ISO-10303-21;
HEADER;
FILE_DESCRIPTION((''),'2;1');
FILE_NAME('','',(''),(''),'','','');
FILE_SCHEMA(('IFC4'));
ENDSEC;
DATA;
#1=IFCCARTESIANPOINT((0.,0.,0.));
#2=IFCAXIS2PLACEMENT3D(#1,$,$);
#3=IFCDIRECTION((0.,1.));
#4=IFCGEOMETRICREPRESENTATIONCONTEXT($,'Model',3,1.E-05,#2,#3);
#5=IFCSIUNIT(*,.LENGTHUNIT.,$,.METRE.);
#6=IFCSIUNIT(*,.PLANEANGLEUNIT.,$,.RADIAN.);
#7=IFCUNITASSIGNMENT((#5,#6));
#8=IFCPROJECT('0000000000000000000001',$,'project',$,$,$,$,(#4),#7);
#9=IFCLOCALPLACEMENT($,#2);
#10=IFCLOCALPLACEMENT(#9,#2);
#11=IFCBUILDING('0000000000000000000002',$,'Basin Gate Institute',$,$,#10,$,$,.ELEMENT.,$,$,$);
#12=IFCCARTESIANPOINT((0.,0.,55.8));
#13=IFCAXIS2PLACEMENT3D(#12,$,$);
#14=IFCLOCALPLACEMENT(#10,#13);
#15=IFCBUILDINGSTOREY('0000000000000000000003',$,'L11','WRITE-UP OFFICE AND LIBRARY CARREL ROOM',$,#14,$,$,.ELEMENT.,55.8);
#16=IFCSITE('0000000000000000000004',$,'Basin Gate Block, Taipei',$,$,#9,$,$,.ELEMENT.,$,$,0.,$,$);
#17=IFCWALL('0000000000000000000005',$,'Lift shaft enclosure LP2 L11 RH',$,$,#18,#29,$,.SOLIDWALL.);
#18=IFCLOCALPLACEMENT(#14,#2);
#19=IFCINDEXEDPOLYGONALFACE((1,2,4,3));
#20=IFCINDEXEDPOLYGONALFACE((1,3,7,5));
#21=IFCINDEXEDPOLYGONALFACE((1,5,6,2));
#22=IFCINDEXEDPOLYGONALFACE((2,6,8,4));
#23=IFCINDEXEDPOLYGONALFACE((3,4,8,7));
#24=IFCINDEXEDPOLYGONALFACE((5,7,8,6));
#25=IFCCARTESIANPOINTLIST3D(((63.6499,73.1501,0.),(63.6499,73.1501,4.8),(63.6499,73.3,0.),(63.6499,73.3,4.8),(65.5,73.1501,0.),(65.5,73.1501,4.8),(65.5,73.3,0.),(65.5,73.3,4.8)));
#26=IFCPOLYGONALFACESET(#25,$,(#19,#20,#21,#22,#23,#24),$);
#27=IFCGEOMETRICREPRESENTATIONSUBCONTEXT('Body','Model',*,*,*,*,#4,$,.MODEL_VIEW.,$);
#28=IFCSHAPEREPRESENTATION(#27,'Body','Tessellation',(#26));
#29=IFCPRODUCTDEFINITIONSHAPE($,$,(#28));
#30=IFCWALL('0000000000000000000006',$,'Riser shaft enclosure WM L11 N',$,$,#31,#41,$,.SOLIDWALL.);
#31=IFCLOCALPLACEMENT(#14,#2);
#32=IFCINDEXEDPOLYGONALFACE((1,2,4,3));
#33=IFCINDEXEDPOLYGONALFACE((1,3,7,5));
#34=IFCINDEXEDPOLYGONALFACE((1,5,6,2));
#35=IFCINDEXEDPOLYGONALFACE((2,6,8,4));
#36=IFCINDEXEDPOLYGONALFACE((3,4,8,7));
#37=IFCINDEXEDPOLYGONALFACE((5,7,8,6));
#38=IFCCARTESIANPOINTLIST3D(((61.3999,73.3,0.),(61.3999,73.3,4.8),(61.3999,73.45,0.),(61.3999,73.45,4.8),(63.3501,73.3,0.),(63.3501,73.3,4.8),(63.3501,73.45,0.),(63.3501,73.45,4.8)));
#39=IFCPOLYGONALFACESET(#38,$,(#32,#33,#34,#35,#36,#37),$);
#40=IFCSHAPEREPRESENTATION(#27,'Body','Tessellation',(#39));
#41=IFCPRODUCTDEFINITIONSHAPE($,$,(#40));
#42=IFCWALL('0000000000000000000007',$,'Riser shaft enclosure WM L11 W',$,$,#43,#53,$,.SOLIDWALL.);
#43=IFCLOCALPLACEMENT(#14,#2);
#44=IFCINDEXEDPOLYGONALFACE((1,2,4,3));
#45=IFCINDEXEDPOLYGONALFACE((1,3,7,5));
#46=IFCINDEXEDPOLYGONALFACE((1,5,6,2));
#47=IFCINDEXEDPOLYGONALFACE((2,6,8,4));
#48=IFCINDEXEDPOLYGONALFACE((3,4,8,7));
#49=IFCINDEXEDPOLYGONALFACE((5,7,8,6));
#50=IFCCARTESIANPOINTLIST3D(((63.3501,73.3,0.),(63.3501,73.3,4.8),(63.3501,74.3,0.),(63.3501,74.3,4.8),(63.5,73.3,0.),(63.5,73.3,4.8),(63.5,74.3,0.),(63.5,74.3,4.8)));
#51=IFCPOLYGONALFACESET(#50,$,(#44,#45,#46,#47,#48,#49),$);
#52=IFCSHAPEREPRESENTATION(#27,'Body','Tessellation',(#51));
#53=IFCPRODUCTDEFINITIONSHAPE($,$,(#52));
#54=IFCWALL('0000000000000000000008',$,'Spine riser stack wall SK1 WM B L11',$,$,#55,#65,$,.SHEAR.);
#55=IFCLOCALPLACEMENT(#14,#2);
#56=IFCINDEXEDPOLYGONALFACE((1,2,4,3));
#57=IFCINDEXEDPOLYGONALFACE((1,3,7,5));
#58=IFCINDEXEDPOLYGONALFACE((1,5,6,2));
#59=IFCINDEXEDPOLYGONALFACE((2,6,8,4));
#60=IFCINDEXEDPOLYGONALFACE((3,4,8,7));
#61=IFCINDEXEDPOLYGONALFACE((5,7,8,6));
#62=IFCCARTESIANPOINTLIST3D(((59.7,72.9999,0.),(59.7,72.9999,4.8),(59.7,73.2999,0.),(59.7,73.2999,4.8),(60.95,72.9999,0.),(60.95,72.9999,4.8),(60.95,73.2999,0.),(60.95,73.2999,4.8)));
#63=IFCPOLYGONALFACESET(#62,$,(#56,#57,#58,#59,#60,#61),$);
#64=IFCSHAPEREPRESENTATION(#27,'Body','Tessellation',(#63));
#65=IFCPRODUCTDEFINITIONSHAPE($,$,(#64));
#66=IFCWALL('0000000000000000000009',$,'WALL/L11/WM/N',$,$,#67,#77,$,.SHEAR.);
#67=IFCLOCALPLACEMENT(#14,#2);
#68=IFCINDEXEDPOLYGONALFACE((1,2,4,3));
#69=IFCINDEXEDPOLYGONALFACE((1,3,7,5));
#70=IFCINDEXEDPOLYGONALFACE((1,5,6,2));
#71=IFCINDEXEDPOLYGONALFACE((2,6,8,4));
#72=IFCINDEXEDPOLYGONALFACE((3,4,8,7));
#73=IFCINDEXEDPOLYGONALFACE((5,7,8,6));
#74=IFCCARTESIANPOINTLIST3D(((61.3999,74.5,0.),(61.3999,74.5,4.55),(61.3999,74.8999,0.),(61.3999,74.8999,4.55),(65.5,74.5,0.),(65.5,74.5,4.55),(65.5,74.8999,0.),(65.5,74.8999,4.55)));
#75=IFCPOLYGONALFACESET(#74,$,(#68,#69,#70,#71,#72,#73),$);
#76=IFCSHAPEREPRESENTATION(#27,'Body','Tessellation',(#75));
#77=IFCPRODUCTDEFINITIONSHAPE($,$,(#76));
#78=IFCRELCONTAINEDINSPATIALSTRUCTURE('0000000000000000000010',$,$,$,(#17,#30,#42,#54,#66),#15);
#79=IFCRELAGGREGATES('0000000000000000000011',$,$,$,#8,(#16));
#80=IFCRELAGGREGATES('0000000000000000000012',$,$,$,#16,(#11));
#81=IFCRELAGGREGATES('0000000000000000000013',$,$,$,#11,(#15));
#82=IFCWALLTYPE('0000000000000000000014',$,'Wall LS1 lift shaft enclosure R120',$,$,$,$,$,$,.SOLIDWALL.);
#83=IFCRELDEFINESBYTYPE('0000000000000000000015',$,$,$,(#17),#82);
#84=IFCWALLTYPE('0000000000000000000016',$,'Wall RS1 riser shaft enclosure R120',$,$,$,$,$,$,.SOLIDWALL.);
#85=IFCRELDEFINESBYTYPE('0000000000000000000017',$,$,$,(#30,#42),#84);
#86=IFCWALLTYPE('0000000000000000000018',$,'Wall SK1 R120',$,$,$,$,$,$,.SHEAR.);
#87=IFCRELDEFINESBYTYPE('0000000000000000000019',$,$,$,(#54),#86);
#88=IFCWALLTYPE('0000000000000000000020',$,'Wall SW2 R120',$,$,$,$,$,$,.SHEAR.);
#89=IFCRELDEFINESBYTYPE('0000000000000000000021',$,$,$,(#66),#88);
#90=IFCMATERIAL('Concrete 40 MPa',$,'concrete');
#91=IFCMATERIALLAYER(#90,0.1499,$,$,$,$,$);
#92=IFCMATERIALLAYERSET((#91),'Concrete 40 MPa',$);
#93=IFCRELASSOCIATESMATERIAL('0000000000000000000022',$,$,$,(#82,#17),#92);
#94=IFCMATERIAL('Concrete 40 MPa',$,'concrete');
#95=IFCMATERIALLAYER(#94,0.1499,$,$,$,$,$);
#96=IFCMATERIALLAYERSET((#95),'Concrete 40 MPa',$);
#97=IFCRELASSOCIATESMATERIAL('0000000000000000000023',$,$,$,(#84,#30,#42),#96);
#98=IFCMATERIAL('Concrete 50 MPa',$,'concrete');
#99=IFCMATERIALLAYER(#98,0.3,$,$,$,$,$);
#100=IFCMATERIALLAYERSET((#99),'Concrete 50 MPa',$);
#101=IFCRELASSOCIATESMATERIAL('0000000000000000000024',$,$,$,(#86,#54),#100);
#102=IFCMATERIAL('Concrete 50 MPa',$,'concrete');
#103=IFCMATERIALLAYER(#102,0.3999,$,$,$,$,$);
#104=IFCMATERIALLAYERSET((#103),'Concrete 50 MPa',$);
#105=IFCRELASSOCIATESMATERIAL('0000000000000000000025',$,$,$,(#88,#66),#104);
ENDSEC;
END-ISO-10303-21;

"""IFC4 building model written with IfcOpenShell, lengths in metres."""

from ifc_helpers import new_model, si_unit, direction, frame, frame_2d, origin, place, context, subcontext, project, spatial, rectangle, extrude, material, layer, layer_set, type_object, element, save


model = new_model("IFC4")

# Units and contexts
model_context = context("Model", 3, precision=1e-05, world=origin(), true_north=direction((0.0, 1.0)))
body_context = subcontext(model_context, "Body", "Model", "MODEL_VIEW")
ifc_project = project(units=[si_unit("LENGTHUNIT", "METRE"), si_unit("PLANEANGLEUNIT", "RADIAN")], contexts=[model_context])

# Site, building, storey
site_placement = place(None, origin())
site = spatial("IfcSite", under=ifc_project, at=site_placement, Name="Basin Gate Block, Taipei", CompositionType="ELEMENT", RefElevation=0.0)
building_placement = place(site_placement, origin())
building = spatial("IfcBuilding", under=site, at=building_placement, Name="Basin Gate Institute", CompositionType="ELEMENT")
storey_placement = place(building_placement, frame((0.0, 0.0, 55.8)))
storey = spatial("IfcBuildingStorey", under=building, at=storey_placement, Name="L11", Description="WRITE-UP OFFICE AND LIBRARY CARREL ROOM", CompositionType="ELEMENT", Elevation=55.8)

# Walls
ifc_material_1 = material(Name="Concrete 40 MPa", Category="concrete")
ifc_layer_1 = layer(ifc_material_1, 0.1499)
ifc_layer_set_1 = layer_set([ifc_layer_1], Name="Concrete 40 MPa")
wall_type_1 = type_object("IfcWallType", Name="Wall LS1 lift shaft enclosure R120", PredefinedType="SOLIDWALL", material=ifc_layer_set_1)
wall_1_placement = place(storey_placement, frame((63.6499, 73.2251, 0.0), z_axis=(0.0, 0.0, 1.0), x_axis=(1.0, 0.0, 0.0)))
element("IfcWall", 1, at=wall_1_placement, inside=storey, type_object=wall_type_1, material=ifc_layer_set_1, Name="Lift shaft enclosure LP2 L11 RH", PredefinedType="SOLIDWALL", context=body_context, shape_type="SweptSolid", body=[
    extrude(rectangle(XDim=1.8501, YDim=0.1499, at=frame_2d((0.925, 0.0))), origin(), (0.0, 0.0, 1.0), 4.8),
])
ifc_material_2 = material(Name="Concrete 40 MPa", Category="concrete")
ifc_layer_2 = layer(ifc_material_2, 0.1499)
ifc_layer_set_2 = layer_set([ifc_layer_2], Name="Concrete 40 MPa")
wall_type_2 = type_object("IfcWallType", Name="Wall RS1 riser shaft enclosure R120", PredefinedType="SOLIDWALL", material=ifc_layer_set_2)
wall_2_placement = place(storey_placement, frame((61.3999, 73.375, 0.0), z_axis=(0.0, 0.0, 1.0), x_axis=(1.0, 0.0, 0.0)))
element("IfcWall", 2, at=wall_2_placement, inside=storey, type_object=wall_type_2, material=ifc_layer_set_2, Name="Riser shaft enclosure WM L11 N", PredefinedType="SOLIDWALL", context=body_context, shape_type="SweptSolid", body=[
    extrude(rectangle(XDim=1.9502, YDim=0.1499, at=frame_2d((0.9751, 0.0))), origin(), (0.0, 0.0, 1.0), 4.8),
])
wall_3_placement = place(storey_placement, frame((63.425, 73.3, 0.0), z_axis=(0.0, 0.0, 1.0), x_axis=(0.0, 1.0, 0.0)))
element("IfcWall", 3, at=wall_3_placement, inside=storey, type_object=wall_type_2, material=ifc_layer_set_2, Name="Riser shaft enclosure WM L11 W", PredefinedType="SOLIDWALL", context=body_context, shape_type="SweptSolid", body=[
    extrude(rectangle(XDim=1.0, YDim=0.1499, at=frame_2d((0.5, 0.0))), origin(), (0.0, 0.0, 1.0), 4.8),
])
ifc_material_3 = material(Name="Concrete 50 MPa", Category="concrete")
ifc_layer_3 = layer(ifc_material_3, 0.3)
ifc_layer_set_3 = layer_set([ifc_layer_3], Name="Concrete 50 MPa")
wall_type_3 = type_object("IfcWallType", Name="Wall SK1 R120", PredefinedType="SHEAR", material=ifc_layer_set_3)
wall_4_placement = place(storey_placement, frame((60.95, 73.1499, 0.0), z_axis=(0.0, 0.0, 1.0), x_axis=(-1.0, 0.0, 0.0)))
element("IfcWall", 4, at=wall_4_placement, inside=storey, type_object=wall_type_3, material=ifc_layer_set_3, Name="Spine riser stack wall SK1 WM B L11", PredefinedType="SHEAR", context=body_context, shape_type="SweptSolid", body=[
    extrude(rectangle(XDim=1.25, YDim=0.3, at=frame_2d((0.625, 0.0))), origin(), (0.0, 0.0, 1.0), 4.8),
])
ifc_material_4 = material(Name="Concrete 50 MPa", Category="concrete")
ifc_layer_4 = layer(ifc_material_4, 0.3999)
ifc_layer_set_4 = layer_set([ifc_layer_4], Name="Concrete 50 MPa")
wall_type_4 = type_object("IfcWallType", Name="Wall SW2 R120", PredefinedType="SHEAR", material=ifc_layer_set_4)
wall_5_placement = place(storey_placement, frame((61.3999, 74.7, 0.0), z_axis=(0.0, 0.0, 1.0), x_axis=(1.0, 0.0, 0.0)))
element("IfcWall", 5, at=wall_5_placement, inside=storey, type_object=wall_type_4, material=ifc_layer_set_4, Name="WALL/L11/WM/N", PredefinedType="SHEAR", context=body_context, shape_type="SweptSolid", body=[
    extrude(rectangle(XDim=4.1001, YDim=0.3999, at=frame_2d((2.05, 0.0))), origin(), (0.0, 0.0, 1.0), 4.55),
])

save(model, "model.ifc")
